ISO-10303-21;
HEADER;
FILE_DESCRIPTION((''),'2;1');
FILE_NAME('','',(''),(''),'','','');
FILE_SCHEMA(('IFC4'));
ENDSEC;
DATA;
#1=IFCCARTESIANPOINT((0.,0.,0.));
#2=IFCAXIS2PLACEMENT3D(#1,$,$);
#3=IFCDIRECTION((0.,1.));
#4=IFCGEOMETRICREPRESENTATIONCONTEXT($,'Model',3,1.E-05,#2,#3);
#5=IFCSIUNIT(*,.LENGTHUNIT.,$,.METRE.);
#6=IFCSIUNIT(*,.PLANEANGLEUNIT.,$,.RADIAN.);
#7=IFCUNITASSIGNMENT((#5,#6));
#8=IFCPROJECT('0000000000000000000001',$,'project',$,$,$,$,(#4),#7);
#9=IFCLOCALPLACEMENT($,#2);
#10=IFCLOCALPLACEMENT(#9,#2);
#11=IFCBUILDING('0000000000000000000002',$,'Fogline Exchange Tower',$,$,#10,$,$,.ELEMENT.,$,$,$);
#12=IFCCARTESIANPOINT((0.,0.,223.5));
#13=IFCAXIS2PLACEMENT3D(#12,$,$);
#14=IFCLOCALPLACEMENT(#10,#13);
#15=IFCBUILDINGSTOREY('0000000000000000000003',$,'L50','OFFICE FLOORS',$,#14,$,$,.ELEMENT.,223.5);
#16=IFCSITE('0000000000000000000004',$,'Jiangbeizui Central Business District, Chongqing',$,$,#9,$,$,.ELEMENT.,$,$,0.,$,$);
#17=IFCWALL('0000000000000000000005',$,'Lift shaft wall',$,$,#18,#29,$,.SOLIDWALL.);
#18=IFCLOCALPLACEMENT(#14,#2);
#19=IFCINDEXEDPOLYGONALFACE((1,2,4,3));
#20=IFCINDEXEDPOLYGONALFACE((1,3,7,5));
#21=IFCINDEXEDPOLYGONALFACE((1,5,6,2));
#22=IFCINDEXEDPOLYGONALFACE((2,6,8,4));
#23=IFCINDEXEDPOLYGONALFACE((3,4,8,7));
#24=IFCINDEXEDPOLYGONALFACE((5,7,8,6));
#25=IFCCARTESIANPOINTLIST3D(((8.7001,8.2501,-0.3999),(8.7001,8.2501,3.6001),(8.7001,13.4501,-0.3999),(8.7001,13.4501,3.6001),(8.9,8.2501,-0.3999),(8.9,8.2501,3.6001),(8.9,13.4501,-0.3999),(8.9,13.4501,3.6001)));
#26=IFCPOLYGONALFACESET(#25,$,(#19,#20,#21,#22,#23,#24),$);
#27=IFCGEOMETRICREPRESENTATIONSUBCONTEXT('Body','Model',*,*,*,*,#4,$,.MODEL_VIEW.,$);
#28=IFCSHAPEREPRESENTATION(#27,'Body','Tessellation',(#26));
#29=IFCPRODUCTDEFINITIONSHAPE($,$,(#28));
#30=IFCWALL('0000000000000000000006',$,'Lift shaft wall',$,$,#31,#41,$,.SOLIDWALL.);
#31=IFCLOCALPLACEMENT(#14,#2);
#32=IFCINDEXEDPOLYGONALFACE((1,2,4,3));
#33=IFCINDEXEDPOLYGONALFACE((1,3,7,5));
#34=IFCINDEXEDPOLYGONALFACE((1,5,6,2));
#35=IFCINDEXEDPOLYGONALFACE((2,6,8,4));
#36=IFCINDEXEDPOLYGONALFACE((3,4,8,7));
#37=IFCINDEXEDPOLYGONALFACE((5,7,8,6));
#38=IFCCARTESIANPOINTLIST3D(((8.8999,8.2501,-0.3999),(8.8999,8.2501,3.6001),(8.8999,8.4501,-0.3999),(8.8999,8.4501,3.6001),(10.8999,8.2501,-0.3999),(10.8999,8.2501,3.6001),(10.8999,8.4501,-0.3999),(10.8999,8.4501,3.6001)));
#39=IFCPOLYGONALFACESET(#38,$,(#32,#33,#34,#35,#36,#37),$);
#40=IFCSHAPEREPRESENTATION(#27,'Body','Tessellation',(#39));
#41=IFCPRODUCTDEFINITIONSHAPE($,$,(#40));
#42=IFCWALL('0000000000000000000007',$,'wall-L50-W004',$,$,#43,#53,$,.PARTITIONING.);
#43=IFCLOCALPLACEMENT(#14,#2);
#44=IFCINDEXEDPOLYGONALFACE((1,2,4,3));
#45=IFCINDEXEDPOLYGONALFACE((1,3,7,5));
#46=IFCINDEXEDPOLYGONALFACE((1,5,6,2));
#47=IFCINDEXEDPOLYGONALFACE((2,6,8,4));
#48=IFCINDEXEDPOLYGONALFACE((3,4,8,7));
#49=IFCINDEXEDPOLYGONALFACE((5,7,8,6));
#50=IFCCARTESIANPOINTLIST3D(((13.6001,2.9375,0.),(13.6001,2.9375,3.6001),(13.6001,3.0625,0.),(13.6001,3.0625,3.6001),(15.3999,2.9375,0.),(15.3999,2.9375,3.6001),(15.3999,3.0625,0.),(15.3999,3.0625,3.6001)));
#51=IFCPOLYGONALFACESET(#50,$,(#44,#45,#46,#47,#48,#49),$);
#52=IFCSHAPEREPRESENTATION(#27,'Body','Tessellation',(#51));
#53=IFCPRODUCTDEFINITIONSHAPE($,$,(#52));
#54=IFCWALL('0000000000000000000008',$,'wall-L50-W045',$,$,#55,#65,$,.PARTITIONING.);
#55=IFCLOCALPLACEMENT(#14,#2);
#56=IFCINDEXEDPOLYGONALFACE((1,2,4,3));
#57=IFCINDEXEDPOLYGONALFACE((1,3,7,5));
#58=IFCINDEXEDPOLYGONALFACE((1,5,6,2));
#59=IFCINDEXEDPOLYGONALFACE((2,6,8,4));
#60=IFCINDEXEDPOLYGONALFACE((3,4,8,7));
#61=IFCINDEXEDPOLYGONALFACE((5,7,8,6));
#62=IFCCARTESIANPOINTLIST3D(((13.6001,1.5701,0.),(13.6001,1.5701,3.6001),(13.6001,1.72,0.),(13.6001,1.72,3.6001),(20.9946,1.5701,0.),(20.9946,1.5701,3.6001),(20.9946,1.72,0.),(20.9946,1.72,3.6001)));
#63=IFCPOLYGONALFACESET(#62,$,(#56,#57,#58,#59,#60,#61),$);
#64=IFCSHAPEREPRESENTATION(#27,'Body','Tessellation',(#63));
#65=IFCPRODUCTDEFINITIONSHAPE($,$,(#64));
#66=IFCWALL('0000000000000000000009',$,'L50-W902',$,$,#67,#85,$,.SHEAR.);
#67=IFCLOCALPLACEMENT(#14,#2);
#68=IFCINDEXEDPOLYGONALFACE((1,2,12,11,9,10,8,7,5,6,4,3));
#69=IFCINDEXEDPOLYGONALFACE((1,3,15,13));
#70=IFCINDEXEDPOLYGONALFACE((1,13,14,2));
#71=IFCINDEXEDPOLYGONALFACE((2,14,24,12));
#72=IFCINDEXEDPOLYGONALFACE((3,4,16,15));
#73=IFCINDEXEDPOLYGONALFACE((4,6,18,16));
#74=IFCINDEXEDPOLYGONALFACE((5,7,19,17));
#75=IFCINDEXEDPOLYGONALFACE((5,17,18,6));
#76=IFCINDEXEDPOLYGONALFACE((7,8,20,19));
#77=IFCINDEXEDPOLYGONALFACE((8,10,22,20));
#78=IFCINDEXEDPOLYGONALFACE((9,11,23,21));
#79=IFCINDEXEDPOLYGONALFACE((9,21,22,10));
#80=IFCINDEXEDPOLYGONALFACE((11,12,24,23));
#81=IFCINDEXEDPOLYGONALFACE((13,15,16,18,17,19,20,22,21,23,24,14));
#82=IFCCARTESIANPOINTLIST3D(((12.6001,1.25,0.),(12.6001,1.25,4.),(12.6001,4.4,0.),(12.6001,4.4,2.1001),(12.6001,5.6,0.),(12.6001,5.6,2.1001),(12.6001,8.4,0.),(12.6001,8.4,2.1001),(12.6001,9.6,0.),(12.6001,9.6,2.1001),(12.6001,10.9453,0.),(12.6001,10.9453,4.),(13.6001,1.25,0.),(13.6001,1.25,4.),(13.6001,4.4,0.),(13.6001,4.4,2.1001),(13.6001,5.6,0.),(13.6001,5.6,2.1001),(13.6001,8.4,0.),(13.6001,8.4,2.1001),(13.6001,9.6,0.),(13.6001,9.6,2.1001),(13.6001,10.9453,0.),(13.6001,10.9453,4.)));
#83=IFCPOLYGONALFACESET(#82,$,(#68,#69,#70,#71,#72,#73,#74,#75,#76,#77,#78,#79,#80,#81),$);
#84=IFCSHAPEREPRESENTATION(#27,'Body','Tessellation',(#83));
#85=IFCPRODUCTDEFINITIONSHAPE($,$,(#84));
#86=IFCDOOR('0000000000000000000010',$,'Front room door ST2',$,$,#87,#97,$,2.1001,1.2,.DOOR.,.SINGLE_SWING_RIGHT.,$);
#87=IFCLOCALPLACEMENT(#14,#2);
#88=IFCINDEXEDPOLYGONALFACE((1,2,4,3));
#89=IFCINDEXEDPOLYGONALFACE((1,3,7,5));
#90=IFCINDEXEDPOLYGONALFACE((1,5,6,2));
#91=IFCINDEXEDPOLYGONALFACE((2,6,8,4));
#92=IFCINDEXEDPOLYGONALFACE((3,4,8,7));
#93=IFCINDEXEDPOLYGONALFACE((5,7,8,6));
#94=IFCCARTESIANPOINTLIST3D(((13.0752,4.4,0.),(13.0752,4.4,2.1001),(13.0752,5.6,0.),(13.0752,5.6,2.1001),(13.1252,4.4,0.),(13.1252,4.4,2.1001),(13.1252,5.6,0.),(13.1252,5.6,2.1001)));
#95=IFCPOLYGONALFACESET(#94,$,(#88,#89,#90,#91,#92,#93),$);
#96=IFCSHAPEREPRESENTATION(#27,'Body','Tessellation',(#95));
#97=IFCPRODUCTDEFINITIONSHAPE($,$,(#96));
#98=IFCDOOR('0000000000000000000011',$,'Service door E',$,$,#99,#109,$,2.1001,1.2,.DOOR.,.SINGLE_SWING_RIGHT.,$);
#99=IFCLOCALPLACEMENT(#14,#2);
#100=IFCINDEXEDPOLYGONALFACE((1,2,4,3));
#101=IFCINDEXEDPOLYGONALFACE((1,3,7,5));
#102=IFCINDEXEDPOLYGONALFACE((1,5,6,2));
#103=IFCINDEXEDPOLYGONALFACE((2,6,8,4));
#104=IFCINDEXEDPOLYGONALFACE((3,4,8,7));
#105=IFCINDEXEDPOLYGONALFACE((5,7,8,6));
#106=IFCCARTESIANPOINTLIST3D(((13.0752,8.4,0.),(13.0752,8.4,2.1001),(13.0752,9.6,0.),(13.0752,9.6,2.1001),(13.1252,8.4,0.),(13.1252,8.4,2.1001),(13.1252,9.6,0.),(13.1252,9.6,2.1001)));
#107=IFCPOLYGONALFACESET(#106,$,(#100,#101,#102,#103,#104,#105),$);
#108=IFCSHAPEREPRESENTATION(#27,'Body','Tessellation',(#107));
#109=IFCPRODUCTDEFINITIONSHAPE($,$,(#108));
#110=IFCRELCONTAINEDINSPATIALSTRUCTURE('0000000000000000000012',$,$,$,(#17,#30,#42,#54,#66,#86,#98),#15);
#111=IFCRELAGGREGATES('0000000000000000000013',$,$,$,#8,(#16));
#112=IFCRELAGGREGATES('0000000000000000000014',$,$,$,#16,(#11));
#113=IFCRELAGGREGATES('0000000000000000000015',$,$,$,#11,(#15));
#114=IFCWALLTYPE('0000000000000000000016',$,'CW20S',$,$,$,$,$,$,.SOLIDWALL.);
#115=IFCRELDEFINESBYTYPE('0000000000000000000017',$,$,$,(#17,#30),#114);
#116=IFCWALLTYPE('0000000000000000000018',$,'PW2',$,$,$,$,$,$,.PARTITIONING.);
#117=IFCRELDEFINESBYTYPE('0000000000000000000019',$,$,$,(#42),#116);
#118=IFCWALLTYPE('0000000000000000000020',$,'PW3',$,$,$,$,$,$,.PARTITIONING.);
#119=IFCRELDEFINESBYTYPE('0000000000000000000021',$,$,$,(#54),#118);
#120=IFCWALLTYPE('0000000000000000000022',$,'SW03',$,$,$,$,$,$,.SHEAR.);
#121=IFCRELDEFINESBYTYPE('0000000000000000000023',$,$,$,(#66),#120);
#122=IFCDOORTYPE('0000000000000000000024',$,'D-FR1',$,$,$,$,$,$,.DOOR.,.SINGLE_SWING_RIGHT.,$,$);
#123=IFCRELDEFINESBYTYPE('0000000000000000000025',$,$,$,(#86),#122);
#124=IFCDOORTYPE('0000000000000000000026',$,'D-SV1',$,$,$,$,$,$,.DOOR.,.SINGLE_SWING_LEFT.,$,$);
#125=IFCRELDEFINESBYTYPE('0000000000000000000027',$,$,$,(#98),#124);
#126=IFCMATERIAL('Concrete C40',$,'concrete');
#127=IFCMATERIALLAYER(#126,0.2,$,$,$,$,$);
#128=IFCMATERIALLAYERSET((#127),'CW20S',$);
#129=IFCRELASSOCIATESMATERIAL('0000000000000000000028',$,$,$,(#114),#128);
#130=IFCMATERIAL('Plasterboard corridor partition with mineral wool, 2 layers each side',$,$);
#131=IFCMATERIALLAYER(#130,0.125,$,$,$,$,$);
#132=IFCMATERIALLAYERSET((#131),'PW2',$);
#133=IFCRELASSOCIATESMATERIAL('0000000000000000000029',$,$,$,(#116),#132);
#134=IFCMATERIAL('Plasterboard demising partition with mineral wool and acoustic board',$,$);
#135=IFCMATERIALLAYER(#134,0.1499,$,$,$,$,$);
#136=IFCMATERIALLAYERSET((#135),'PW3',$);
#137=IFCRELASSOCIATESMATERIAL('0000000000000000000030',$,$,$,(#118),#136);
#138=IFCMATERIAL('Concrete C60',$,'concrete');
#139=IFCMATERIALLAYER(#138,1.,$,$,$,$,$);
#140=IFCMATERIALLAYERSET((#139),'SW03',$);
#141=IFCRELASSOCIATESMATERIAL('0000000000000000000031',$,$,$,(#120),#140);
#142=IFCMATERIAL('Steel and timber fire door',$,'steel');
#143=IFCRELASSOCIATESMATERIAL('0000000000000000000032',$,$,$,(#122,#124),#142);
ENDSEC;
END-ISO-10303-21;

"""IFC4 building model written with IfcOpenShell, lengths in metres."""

from ifc_helpers import new_model, si_unit, direction, frame, frame_2d, origin, place, context, subcontext, project, spatial, rectangle, extrude, material, layer, layer_set, type_object, element, fill, save


model = new_model("IFC4")

# Units and contexts
model_context = context("Model", 3, precision=1e-05, world=origin(), true_north=direction((0.0, 1.0)))
body_context = subcontext(model_context, "Body", "Model", "MODEL_VIEW")
ifc_project = project(units=[si_unit("LENGTHUNIT", "METRE"), si_unit("PLANEANGLEUNIT", "RADIAN")], contexts=[model_context])

# Site, building, storey
site_placement = place(None, origin())
site = spatial("IfcSite", under=ifc_project, at=site_placement, Name="Jiangbeizui Central Business District, Chongqing", CompositionType="ELEMENT", RefElevation=0.0)
building_placement = place(site_placement, origin())
building = spatial("IfcBuilding", under=site, at=building_placement, Name="Fogline Exchange Tower", CompositionType="ELEMENT")
storey_placement = place(building_placement, frame((0.0, 0.0, 223.5)))
storey = spatial("IfcBuildingStorey", under=building, at=storey_placement, Name="L50", Description="OFFICE FLOORS", CompositionType="ELEMENT", Elevation=223.5)

# Shared definitions
ifc_material_1 = material(Name="Concrete C60", Category="concrete")

# Shared definitions
ifc_material_2 = material(Name="Concrete C40", Category="concrete")

# Shared definitions
ifc_material_3 = material(Name="Steel and timber fire door", Category="steel")

# Walls
ifc_layer_1 = layer(ifc_material_2, 0.2)
ifc_layer_set_1 = layer_set([ifc_layer_1], Name="CW20S")
wall_type_1 = type_object("IfcWallType", Name="CW20S", PredefinedType="SOLIDWALL", material=ifc_layer_set_1)
wall_1_placement = place(storey_placement, frame((8.8, 8.25, -0.3999), z_axis=(0.0, 0.0, 1.0), x_axis=(0.0, 1.0, 0.0)))
element("IfcWall", 1, at=wall_1_placement, inside=storey, type_object=wall_type_1, Name="Lift shaft wall", PredefinedType="SOLIDWALL", context=body_context, shape_type="SweptSolid", body=[
    extrude(rectangle(XDim=5.2, YDim=0.2, at=frame_2d((2.6001, 0.0))), origin(), (0.0, 0.0, 1.0), 4.0),
])
wall_2_placement = place(storey_placement, frame((8.8999, 8.3501, -0.3999), z_axis=(0.0, 0.0, 1.0), x_axis=(1.0, 0.0, 0.0)))
element("IfcWall", 2, at=wall_2_placement, inside=storey, type_object=wall_type_1, Name="Lift shaft wall", PredefinedType="SOLIDWALL", context=body_context, shape_type="SweptSolid", body=[
    extrude(rectangle(XDim=2.0, YDim=0.2, at=frame_2d((1.0, 0.0))), origin(), (0.0, 0.0, 1.0), 4.0),
])
ifc_material_4 = material(Name="Plasterboard corridor partition with mineral wool, 2 layers each side")
ifc_layer_2 = layer(ifc_material_4, 0.125)
ifc_layer_set_2 = layer_set([ifc_layer_2], Name="PW2")
wall_type_2 = type_object("IfcWallType", Name="PW2", PredefinedType="PARTITIONING", material=ifc_layer_set_2)
wall_3_placement = place(storey_placement, frame((15.3999, 3.0, 0.0), z_axis=(0.0, 0.0, 1.0), x_axis=(-1.0, 0.0, 0.0)))
element("IfcWall", 3, at=wall_3_placement, inside=storey, type_object=wall_type_2, Name="wall-L50-W004", PredefinedType="PARTITIONING", context=body_context, shape_type="SweptSolid", body=[
    extrude(rectangle(XDim=1.7998, YDim=0.125, at=frame_2d((0.8999, 0.0))), origin(), (0.0, 0.0, 1.0), 3.6001),
])
ifc_material_5 = material(Name="Plasterboard demising partition with mineral wool and acoustic board")
ifc_layer_3 = layer(ifc_material_5, 0.1499)
ifc_layer_set_3 = layer_set([ifc_layer_3], Name="PW3")
wall_type_3 = type_object("IfcWallType", Name="PW3", PredefinedType="PARTITIONING", material=ifc_layer_set_3)
wall_4_placement = place(storey_placement, frame((13.6001, 1.645, 0.0), z_axis=(0.0, 0.0, 1.0), x_axis=(1.0, 0.0, 0.0)))
element("IfcWall", 4, at=wall_4_placement, inside=storey, type_object=wall_type_3, Name="wall-L50-W045", PredefinedType="PARTITIONING", context=body_context, shape_type="SweptSolid", body=[
    extrude(rectangle(XDim=7.3945, YDim=0.1499, at=frame_2d((3.6973, 0.0))), origin(), (0.0, 0.0, 1.0), 3.6001),
])

# Wall, openings, doors
ifc_layer_4 = layer(ifc_material_1, 1.0)
ifc_layer_set_4 = layer_set([ifc_layer_4], Name="SW03")
wall_type_4 = type_object("IfcWallType", Name="SW03", PredefinedType="SHEAR", material=ifc_layer_set_4)
wall_5_placement = place(storey_placement, frame((13.1001, 1.25, 0.0), z_axis=(0.0, 0.0, 1.0), x_axis=(0.0, 1.0, 0.0)))
wall_5 = element("IfcWall", 5, at=wall_5_placement, inside=storey, type_object=wall_type_4, Name="L50-W902", PredefinedType="SHEAR", context=body_context, shape_type="SweptSolid", body=[
    extrude(rectangle(XDim=9.6953, YDim=1.0, at=frame_2d((4.8477, 0.0))), origin(), (0.0, 0.0, 1.0), 4.0),
])
opening_1_placement = place(wall_5_placement, frame((3.1499, 0.0, 0.0)))
opening_1 = element("IfcOpeningElement", 6, at=opening_1_placement, cuts=wall_5, PredefinedType="OPENING", context=body_context, shape_type="SweptSolid", body=[
    extrude(rectangle(XDim=1.2, YDim=2.1001, at=frame_2d((0.6001, 1.05))), frame((0.0, 0.51, 0.0), z_axis=(0.0, -1.0, 0.0), x_axis=(1.0, 0.0, 0.0)), (0.0, 0.0, 1.0), 1.02),
])
opening_2_placement = place(wall_5_placement, frame((7.1499, 0.0, 0.0)))
opening_2 = element("IfcOpeningElement", 7, at=opening_2_placement, cuts=wall_5, PredefinedType="OPENING", context=body_context, shape_type="SweptSolid", body=[
    extrude(rectangle(XDim=1.2, YDim=2.1001, at=frame_2d((0.6001, 1.05))), frame((0.0, 0.51, 0.0), z_axis=(0.0, -1.0, 0.0), x_axis=(1.0, 0.0, 0.0)), (0.0, 0.0, 1.0), 1.02),
])
door_type_1 = type_object("IfcDoorType", Name="D-FR1", OperationType="SINGLE_SWING_RIGHT", PredefinedType="DOOR", material=ifc_material_3)
door_1_placement = place(opening_1_placement, origin())
door_1 = element("IfcDoor", 8, at=door_1_placement, inside=storey, type_object=door_type_1, Name="Front room door ST2", OperationType="SINGLE_SWING_RIGHT", OverallHeight=2.1001, OverallWidth=1.2, PredefinedType="DOOR", context=body_context, shape_type="SweptSolid", body=[
    extrude(rectangle(XDim=1.2, YDim=2.1001, at=frame_2d((0.6001, 1.05))), frame((0.0, 0.0249, 0.0), z_axis=(0.0, -1.0, 0.0), x_axis=(1.0, 0.0, 0.0)), (0.0, 0.0, 1.0), 0.05),
])
fill(opening_1, door_1)
door_type_2 = type_object("IfcDoorType", Name="D-SV1", OperationType="SINGLE_SWING_LEFT", PredefinedType="DOOR", material=ifc_material_3)
door_2_placement = place(opening_2_placement, origin())
door_2 = element("IfcDoor", 9, at=door_2_placement, inside=storey, type_object=door_type_2, Name="Service door E", OperationType="SINGLE_SWING_RIGHT", OverallHeight=2.1001, OverallWidth=1.2, PredefinedType="DOOR", context=body_context, shape_type="SweptSolid", body=[
    extrude(rectangle(XDim=1.2, YDim=2.1001, at=frame_2d((0.6001, 1.05))), frame((0.0, 0.0249, 0.0), z_axis=(0.0, -1.0, 0.0), x_axis=(1.0, 0.0, 0.0)), (0.0, 0.0, 1.0), 0.05),
])
fill(opening_2, door_2)

save(model, "model.ifc")
